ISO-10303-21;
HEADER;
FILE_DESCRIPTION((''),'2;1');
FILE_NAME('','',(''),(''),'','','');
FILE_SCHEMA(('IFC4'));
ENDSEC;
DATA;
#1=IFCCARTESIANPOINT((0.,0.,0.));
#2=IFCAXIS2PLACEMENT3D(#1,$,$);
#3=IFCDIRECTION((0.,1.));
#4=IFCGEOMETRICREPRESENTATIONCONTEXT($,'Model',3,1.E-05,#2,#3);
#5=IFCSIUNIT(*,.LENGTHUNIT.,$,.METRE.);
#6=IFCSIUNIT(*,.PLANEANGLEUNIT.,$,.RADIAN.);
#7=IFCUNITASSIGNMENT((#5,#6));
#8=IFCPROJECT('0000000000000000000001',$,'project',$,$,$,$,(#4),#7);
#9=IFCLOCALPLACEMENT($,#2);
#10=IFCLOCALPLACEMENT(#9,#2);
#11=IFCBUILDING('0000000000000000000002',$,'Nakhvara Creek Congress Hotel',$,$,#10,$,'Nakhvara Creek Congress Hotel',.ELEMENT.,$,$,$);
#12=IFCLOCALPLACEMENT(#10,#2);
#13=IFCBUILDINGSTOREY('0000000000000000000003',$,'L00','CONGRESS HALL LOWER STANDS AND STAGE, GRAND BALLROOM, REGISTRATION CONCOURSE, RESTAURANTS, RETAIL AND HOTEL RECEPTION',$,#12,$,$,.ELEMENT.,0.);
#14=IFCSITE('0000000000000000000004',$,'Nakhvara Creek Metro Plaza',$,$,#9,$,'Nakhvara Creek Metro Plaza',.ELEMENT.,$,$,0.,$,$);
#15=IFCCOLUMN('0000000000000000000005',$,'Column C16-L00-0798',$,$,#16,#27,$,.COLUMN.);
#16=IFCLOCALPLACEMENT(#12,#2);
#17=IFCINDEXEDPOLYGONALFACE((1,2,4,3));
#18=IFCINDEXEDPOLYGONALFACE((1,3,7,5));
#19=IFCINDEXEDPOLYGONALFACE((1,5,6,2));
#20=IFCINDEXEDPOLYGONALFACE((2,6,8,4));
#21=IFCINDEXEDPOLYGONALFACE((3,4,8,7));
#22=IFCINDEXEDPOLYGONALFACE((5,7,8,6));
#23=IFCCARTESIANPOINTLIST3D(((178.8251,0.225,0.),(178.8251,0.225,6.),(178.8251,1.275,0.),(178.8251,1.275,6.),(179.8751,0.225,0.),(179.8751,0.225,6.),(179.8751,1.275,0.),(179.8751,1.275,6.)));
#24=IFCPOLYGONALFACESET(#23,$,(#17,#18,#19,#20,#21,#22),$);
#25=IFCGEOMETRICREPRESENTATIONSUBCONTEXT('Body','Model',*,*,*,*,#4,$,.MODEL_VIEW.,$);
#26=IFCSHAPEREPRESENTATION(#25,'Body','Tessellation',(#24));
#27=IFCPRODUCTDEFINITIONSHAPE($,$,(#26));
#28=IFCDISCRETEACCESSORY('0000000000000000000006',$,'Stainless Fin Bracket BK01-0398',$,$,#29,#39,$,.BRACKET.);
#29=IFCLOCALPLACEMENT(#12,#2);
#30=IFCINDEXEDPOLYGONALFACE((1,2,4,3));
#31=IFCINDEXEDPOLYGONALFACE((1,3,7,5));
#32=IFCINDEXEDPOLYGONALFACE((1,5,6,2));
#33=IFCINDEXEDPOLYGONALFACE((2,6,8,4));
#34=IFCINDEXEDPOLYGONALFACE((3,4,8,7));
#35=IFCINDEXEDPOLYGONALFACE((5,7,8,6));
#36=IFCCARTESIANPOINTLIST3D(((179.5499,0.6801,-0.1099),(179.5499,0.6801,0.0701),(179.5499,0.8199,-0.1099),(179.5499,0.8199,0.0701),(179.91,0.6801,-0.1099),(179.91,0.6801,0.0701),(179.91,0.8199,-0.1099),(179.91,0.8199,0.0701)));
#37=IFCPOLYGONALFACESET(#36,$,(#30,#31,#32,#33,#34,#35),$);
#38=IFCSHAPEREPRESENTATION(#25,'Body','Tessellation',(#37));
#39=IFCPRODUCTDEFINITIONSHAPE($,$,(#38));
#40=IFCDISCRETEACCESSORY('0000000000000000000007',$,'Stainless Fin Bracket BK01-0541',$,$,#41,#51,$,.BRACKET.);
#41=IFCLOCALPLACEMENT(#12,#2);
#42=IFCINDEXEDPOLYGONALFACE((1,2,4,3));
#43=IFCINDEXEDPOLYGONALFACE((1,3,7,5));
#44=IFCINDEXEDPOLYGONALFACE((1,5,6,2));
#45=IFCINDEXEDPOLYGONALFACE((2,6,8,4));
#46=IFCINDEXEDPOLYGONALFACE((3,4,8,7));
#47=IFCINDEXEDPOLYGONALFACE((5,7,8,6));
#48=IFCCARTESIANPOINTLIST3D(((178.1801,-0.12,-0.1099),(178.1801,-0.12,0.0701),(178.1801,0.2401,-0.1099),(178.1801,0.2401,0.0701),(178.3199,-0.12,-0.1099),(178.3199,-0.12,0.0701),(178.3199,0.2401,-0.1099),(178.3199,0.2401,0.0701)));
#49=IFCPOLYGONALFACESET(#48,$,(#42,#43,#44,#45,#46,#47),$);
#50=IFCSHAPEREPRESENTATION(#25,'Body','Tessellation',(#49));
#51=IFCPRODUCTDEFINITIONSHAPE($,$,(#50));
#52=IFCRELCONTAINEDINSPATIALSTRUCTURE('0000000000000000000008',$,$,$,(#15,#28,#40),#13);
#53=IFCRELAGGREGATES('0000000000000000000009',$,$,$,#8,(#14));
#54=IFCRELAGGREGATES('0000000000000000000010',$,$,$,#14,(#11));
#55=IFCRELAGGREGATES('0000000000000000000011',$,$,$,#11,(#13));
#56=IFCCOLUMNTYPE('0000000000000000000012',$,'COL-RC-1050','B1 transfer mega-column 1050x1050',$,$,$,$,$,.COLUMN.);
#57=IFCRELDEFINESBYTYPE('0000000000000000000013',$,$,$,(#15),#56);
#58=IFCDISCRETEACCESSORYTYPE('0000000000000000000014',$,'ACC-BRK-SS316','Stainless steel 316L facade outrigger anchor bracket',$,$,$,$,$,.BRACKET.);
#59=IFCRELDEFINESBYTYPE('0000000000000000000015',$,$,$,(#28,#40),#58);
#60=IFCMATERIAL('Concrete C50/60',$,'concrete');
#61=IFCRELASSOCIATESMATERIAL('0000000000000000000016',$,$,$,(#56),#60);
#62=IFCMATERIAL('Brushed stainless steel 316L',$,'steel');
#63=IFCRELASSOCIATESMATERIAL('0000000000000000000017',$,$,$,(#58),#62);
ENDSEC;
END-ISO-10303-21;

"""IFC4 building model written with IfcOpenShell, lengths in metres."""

from ifc_helpers import new_model, si_unit, direction, frame, origin, origin_2d, place, context, subcontext, project, spatial, rectangle, extrude, material, material_profile, profile_set, type_object, element, save


model = new_model("IFC4")

# Units and contexts
model_context = context("Model", 3, precision=1e-05, world=origin(), true_north=direction((0.0, 1.0)))
body_context = subcontext(model_context, "Body", "Model", "MODEL_VIEW")
ifc_project = project(units=[si_unit("LENGTHUNIT", "METRE"), si_unit("PLANEANGLEUNIT", "RADIAN")], contexts=[model_context])

# Site, building, storey
site_placement = place(None, origin())
site = spatial("IfcSite", under=ifc_project, at=site_placement, Name="Nakhvara Creek Metro Plaza", LongName="Nakhvara Creek Metro Plaza", CompositionType="ELEMENT", RefElevation=0.0)
building_placement = place(site_placement, origin())
building = spatial("IfcBuilding", under=site, at=building_placement, Name="Nakhvara Creek Congress Hotel", LongName="Nakhvara Creek Congress Hotel", CompositionType="ELEMENT")
storey_placement = place(building_placement, origin())
storey = spatial("IfcBuildingStorey", under=building, at=storey_placement, Name="L00", Description="CONGRESS HALL LOWER STANDS AND STAGE, GRAND BALLROOM, REGISTRATION CONCOURSE, RESTAURANTS, RETAIL AND HOTEL RECEPTION", CompositionType="ELEMENT", Elevation=0.0)

# Column
ifc_material_1 = material(Name="Concrete C50/60", Category="concrete")
ifc_material_profile = material_profile(ifc_material_1, rectangle(XDim=1.05, YDim=1.05, at=origin_2d()), Name="RC-COL 1050x1050", Category="LoadBearing")
ifc_profile_set = profile_set([ifc_material_profile], Name="Concrete C50/60")
column_type = type_object("IfcColumnType", Name="COL-RC-1050", Description="B1 transfer mega-column 1050x1050", PredefinedType="COLUMN", material=ifc_profile_set)
column_placement = place(storey_placement, frame((179.3501, 0.75, 0.0), z_axis=(0.0, 0.0, 1.0), x_axis=(1.0, 0.0, 0.0)))
element("IfcColumn", 1, at=column_placement, inside=storey, type_object=column_type, Name="Column C16-L00-0798", PredefinedType="COLUMN", context=body_context, shape_type="SweptSolid", body=[
    extrude(rectangle(XDim=1.05, YDim=1.05, at=origin_2d()), origin(), (0.0, 0.0, 1.0), 6.0),
])

# Discrete accessories
ifc_material_2 = material(Name="Brushed stainless steel 316L", Category="steel")
discrete_accessory_type = type_object("IfcDiscreteAccessoryType", Name="ACC-BRK-SS316", Description="Stainless steel 316L facade outrigger anchor bracket", PredefinedType="BRACKET", material=ifc_material_2)
for number, where, z_axis, x_axis, name in (
    (2, (179.73, 0.75, -0.1099), (0.0, 0.0, 1.0), (0.0, 1.0, 0.0), "Stainless Fin Bracket BK01-0398"),
    (3, (178.25, 0.0601, -0.1099), (0.0, 0.0, 1.0), (1.0, 0.0, 0.0), "Stainless Fin Bracket BK01-0541"),
):
    element("IfcDiscreteAccessory", number, at=place(storey_placement, frame(where, z_axis=z_axis, x_axis=x_axis)), inside=storey, type_object=discrete_accessory_type, Name=name, PredefinedType="BRACKET", context=body_context, shape_type="SweptSolid", body=[
        extrude(rectangle(XDim=0.1399, YDim=0.3601, at=origin_2d()), origin(), (0.0, 0.0, 1.0), 0.1799),
    ])

save(model, "model.ifc")
